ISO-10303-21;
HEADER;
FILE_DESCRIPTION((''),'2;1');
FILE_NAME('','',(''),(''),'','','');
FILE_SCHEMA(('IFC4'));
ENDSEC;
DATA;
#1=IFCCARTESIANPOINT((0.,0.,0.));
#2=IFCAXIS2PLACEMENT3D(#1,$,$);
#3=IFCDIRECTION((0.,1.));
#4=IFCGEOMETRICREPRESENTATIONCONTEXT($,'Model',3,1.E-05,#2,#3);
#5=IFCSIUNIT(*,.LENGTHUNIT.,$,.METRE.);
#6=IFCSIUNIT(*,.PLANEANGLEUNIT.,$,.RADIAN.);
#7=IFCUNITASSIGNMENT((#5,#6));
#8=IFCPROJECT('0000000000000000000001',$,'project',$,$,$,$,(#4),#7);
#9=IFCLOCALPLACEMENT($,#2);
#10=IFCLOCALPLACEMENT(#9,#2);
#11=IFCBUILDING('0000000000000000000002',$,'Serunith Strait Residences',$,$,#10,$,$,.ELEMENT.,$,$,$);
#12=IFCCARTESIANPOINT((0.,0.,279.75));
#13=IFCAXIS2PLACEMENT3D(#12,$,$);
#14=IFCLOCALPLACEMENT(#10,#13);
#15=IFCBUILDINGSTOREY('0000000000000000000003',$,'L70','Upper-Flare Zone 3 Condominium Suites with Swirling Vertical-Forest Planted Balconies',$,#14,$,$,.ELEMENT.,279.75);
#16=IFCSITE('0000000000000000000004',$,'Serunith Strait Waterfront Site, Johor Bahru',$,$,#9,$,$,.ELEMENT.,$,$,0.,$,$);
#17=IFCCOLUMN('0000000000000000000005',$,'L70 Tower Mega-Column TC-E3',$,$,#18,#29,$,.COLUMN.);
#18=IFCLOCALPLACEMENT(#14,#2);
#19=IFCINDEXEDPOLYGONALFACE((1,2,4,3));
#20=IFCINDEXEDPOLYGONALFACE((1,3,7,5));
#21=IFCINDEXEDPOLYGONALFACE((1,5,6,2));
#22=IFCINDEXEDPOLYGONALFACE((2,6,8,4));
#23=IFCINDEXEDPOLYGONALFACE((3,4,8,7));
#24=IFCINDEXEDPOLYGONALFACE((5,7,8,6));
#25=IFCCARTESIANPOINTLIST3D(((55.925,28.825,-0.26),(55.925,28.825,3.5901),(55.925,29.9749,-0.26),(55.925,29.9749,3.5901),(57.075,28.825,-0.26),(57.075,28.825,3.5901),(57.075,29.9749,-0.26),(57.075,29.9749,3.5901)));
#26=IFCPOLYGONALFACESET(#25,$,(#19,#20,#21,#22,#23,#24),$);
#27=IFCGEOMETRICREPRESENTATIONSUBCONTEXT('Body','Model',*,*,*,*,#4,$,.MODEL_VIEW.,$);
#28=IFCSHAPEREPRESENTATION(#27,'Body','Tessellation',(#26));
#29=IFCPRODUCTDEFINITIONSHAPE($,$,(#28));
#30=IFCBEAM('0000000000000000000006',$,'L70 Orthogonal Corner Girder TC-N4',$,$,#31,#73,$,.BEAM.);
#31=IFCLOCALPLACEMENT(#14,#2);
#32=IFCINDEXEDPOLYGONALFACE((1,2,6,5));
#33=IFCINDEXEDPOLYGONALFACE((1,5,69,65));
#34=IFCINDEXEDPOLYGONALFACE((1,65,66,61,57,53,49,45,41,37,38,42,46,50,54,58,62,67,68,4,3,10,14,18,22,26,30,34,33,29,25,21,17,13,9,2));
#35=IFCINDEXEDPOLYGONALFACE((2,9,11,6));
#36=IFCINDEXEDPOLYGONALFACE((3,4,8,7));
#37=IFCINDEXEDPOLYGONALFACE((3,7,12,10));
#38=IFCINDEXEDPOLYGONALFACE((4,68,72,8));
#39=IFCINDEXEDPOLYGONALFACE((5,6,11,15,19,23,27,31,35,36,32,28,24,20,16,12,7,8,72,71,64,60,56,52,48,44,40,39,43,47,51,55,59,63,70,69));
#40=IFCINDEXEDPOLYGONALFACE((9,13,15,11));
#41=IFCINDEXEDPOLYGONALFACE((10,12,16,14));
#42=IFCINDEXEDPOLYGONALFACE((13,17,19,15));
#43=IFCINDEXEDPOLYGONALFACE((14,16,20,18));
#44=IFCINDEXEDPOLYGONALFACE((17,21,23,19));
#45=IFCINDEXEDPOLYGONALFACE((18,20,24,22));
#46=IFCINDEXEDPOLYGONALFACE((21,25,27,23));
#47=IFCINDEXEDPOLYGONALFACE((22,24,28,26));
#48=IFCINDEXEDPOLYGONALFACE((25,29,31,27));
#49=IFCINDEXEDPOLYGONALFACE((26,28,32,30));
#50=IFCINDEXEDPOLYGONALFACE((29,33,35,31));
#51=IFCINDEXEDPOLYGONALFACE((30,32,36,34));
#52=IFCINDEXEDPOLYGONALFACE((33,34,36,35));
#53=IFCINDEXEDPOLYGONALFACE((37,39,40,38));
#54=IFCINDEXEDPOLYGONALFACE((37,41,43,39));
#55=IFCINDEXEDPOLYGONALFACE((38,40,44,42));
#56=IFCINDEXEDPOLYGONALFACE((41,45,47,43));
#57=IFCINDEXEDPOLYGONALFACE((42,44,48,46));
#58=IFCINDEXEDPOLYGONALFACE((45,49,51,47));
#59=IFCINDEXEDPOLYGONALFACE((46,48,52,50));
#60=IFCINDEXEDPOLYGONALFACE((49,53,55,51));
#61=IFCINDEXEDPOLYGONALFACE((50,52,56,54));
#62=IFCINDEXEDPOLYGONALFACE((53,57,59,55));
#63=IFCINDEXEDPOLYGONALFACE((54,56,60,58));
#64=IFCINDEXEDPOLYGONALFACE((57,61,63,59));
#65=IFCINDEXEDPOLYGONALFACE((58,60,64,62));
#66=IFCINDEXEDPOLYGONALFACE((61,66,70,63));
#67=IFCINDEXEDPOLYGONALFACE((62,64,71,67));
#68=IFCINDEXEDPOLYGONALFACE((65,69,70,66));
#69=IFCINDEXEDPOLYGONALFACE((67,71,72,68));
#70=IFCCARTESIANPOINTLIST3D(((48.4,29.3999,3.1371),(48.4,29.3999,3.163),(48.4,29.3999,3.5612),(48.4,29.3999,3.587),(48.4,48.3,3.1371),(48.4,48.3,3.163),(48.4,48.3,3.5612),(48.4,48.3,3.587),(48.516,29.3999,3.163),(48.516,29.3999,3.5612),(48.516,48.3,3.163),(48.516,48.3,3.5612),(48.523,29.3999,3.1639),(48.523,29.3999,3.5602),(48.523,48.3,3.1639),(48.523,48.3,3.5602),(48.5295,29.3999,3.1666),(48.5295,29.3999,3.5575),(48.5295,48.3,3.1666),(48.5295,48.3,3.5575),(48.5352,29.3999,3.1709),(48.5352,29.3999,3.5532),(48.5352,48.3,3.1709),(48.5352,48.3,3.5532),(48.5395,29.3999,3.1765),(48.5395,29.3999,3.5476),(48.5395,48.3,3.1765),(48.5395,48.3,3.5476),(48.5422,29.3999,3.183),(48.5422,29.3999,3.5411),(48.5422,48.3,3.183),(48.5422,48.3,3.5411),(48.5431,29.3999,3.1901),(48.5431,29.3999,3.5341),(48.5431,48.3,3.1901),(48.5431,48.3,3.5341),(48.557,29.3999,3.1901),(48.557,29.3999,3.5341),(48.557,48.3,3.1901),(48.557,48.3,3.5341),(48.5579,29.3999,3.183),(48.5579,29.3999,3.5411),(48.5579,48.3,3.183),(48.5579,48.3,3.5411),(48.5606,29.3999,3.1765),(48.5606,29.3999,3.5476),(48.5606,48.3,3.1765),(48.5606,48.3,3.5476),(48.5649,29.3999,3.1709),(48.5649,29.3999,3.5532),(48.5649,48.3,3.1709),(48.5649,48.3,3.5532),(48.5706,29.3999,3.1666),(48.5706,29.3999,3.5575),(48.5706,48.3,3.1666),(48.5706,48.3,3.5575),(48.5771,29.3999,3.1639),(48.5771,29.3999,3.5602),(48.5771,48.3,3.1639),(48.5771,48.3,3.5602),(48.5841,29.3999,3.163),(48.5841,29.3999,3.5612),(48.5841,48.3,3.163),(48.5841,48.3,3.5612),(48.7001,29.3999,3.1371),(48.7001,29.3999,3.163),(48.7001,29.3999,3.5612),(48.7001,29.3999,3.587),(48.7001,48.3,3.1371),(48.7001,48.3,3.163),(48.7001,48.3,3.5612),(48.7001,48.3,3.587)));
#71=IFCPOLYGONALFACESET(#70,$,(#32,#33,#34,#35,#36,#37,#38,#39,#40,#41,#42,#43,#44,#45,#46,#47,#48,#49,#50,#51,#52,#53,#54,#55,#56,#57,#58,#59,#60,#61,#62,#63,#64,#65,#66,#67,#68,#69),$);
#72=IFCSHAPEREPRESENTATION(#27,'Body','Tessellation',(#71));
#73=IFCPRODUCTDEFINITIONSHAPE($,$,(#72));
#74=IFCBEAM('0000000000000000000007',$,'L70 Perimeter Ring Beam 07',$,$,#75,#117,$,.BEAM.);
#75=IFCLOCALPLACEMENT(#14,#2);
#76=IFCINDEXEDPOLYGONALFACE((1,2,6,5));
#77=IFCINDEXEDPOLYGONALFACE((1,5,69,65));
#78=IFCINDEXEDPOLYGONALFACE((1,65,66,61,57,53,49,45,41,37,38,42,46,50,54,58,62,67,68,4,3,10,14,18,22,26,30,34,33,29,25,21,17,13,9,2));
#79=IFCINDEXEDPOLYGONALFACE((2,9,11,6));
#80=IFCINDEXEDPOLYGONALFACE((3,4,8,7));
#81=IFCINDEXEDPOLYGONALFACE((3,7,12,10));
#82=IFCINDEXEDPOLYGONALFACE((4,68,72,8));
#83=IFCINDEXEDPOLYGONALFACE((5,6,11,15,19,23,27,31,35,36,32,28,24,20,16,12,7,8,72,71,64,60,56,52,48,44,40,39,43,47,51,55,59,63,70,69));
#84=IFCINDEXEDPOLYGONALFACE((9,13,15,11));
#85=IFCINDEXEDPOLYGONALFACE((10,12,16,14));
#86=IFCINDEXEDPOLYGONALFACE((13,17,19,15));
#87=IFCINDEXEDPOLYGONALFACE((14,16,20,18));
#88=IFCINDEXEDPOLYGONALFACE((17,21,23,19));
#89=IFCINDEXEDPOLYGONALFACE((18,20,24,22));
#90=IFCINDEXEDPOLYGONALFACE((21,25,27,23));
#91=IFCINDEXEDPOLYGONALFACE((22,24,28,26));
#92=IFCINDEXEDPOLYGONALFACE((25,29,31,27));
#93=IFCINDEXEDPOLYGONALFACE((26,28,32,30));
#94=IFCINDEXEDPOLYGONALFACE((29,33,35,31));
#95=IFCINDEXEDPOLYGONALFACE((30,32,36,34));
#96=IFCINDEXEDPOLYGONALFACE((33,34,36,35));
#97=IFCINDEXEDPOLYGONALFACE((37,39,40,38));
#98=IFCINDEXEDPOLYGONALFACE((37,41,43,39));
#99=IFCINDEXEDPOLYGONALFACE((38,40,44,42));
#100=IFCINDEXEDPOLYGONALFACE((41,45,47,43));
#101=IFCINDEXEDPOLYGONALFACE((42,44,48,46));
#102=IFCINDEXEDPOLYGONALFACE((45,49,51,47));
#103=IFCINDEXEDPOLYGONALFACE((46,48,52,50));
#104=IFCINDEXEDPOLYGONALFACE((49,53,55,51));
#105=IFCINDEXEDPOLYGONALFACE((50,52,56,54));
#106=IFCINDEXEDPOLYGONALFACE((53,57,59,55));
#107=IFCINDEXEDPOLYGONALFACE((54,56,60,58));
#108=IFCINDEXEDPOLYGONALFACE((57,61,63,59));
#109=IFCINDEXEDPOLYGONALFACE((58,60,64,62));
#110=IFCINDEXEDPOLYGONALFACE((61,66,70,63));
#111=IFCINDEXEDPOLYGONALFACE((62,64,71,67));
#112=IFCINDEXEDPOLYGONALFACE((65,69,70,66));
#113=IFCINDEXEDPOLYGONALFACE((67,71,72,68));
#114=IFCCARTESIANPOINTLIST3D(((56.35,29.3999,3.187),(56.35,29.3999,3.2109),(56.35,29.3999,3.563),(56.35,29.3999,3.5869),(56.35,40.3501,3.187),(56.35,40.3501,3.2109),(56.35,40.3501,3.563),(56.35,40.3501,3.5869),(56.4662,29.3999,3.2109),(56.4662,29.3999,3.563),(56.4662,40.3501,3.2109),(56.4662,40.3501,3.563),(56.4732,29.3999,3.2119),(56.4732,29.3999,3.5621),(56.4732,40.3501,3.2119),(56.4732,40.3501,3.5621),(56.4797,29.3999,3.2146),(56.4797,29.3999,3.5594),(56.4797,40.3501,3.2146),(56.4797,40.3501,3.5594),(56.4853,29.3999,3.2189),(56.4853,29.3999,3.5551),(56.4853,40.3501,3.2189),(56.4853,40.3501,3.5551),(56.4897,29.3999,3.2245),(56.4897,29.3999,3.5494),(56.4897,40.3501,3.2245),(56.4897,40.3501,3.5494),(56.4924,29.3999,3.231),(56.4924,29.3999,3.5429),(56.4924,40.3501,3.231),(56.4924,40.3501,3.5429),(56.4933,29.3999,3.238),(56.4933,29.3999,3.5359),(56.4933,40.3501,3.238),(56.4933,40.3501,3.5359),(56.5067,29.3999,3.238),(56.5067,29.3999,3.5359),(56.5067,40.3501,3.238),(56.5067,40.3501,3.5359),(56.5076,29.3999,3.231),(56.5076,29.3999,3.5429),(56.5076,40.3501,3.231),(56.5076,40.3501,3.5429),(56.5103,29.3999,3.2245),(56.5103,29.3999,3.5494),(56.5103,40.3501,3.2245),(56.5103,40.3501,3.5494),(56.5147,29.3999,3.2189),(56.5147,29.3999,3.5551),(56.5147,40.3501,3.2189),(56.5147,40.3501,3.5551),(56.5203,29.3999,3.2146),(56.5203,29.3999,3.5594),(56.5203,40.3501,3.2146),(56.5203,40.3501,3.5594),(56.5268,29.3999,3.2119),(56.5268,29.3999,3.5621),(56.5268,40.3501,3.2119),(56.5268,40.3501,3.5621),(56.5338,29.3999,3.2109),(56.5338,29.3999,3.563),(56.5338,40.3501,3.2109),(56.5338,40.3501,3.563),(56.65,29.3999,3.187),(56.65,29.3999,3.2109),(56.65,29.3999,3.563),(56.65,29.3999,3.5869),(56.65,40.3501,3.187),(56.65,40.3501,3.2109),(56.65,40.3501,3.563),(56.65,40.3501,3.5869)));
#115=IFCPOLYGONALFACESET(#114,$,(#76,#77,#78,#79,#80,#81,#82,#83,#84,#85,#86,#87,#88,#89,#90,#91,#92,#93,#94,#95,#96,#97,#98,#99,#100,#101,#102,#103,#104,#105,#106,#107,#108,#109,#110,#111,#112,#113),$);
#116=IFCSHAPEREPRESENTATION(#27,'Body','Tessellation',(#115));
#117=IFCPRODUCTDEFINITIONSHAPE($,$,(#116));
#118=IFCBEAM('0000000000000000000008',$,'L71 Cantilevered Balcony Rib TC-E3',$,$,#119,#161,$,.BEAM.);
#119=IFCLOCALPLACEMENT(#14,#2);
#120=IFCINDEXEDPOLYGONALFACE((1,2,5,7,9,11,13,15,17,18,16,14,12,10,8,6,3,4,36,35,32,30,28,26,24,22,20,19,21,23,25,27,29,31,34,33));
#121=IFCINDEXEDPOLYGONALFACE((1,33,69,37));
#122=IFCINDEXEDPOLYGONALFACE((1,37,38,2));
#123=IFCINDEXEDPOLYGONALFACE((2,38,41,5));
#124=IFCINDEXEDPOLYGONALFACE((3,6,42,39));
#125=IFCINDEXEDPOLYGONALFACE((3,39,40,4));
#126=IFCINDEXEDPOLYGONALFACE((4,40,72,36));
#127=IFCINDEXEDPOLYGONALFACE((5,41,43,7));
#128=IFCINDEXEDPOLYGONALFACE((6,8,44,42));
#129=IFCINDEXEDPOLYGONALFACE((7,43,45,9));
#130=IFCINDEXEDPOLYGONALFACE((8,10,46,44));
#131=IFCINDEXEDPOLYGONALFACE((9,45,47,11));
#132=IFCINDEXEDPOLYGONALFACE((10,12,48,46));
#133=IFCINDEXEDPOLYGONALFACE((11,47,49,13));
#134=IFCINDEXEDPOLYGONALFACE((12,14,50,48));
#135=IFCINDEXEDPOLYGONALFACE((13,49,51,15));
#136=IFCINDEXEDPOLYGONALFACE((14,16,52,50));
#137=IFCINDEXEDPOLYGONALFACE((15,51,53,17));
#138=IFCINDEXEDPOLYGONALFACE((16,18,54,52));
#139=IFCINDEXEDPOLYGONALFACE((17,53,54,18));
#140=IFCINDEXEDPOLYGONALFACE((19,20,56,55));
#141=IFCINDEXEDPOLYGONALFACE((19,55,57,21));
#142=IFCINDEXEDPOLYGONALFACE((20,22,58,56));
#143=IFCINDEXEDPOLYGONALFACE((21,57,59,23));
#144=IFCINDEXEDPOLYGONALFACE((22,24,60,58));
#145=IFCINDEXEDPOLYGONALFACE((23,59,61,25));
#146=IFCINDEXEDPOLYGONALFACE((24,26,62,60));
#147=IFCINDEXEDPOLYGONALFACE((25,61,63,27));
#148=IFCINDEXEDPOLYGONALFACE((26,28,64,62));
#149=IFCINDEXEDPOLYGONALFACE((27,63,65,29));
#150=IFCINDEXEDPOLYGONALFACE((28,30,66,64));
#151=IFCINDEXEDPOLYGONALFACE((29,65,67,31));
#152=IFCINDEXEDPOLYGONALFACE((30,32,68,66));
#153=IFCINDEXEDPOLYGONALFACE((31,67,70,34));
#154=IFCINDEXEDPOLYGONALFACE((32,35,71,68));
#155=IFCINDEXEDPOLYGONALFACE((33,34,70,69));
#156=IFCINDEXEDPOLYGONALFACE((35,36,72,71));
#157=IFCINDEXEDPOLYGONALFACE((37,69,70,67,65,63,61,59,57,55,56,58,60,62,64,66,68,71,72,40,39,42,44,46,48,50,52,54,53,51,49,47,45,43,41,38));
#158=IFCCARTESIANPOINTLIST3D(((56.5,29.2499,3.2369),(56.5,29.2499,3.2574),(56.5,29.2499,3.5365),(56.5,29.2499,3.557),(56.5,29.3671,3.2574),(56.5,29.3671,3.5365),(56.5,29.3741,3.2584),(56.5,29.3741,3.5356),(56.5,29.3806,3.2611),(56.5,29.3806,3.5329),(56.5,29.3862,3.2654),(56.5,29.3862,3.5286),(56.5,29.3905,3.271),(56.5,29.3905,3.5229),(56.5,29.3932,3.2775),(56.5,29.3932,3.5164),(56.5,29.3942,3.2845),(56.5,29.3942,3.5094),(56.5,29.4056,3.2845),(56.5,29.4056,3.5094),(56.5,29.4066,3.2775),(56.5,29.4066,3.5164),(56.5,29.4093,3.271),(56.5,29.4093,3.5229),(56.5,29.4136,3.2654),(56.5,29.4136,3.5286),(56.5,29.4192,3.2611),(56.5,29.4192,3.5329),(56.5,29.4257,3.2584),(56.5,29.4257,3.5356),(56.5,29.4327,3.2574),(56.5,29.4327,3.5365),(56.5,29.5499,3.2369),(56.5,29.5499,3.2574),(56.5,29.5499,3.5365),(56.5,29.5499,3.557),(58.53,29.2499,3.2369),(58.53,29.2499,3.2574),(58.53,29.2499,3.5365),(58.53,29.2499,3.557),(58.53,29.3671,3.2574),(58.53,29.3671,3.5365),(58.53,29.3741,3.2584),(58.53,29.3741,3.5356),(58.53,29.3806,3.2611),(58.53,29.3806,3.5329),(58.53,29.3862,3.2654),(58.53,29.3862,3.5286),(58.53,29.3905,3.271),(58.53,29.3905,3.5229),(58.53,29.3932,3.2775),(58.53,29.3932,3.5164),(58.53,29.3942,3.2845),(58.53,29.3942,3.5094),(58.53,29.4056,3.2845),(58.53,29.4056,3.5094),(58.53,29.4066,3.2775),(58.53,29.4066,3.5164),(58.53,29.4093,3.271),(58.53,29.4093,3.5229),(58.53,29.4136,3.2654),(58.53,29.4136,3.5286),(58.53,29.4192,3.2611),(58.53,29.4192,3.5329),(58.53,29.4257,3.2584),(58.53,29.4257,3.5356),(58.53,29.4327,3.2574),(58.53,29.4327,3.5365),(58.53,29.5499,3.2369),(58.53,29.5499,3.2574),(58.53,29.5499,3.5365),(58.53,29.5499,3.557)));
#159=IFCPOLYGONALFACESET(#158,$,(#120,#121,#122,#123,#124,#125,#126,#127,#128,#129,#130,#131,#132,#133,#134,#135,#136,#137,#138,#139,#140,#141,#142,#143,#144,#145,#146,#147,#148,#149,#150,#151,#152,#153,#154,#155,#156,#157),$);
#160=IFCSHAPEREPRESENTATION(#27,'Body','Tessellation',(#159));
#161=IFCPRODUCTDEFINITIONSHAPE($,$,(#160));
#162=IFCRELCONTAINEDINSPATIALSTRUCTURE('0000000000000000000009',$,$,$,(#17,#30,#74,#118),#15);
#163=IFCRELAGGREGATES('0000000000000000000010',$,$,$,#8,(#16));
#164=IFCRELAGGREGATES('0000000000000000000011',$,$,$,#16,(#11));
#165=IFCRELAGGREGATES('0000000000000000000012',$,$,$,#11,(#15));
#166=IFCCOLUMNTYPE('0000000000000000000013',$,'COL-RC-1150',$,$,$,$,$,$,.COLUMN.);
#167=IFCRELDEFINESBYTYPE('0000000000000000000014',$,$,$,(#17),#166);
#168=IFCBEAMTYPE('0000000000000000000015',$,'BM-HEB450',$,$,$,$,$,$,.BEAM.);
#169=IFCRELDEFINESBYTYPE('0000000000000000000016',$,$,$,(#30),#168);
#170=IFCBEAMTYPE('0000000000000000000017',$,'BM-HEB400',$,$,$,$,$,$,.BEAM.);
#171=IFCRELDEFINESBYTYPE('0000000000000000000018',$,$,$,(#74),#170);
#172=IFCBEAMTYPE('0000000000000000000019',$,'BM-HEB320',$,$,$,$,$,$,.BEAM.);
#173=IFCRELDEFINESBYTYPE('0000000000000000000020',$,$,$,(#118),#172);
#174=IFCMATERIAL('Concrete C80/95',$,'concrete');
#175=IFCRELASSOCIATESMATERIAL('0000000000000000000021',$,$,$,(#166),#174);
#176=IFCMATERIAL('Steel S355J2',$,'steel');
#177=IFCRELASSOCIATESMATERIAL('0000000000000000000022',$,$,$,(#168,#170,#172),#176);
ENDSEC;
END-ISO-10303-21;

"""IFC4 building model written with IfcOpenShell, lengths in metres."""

from ifc_helpers import new_model, si_unit, direction, frame, origin, origin_2d, place, context, subcontext, project, spatial, rectangle, i_section, extrude, source, transform, mapped, material, material_profile, profile_set, type_object, element, save


model = new_model("IFC4")

# Units and contexts
model_context = context("Model", 3, precision=1e-05, world=origin(), true_north=direction((0.0, 1.0)))
body_context = subcontext(model_context, "Body", "Model", "MODEL_VIEW")
ifc_project = project(units=[si_unit("LENGTHUNIT", "METRE"), si_unit("PLANEANGLEUNIT", "RADIAN")], contexts=[model_context])

# Site, building, storey
site_placement = place(None, origin())
site = spatial("IfcSite", under=ifc_project, at=site_placement, Name="Serunith Strait Waterfront Site, Johor Bahru", CompositionType="ELEMENT", RefElevation=0.0)
building_placement = place(site_placement, origin())
building = spatial("IfcBuilding", under=site, at=building_placement, Name="Serunith Strait Residences", CompositionType="ELEMENT")
storey_placement = place(building_placement, frame((0.0, 0.0, 279.75)))
storey = spatial("IfcBuildingStorey", under=building, at=storey_placement, Name="L70", Description="Upper-Flare Zone 3 Condominium Suites with Swirling Vertical-Forest Planted Balconies", CompositionType="ELEMENT", Elevation=279.75)

# Column
ifc_material_1 = material(Name="Concrete C80/95", Category="concrete")
ifc_material_profile_1 = material_profile(ifc_material_1, rectangle(XDim=1.1499, YDim=1.1499, at=origin_2d()), Name="RC 1150x1150")
ifc_profile_set_1 = profile_set([ifc_material_profile_1], Name="Concrete C80/95")
column_type = type_object("IfcColumnType", Name="COL-RC-1150", PredefinedType="COLUMN", material=ifc_profile_set_1)
shared_shape_1 = source(origin(), body_context, "Body", "SweptSolid", [
    extrude(rectangle(XDim=1.1499, YDim=1.1499, at=origin_2d()), origin(), (0.0, 0.0, 1.0), 3.8501),
])
column_placement = place(storey_placement, frame((56.5, 29.3999, -0.26), z_axis=(0.0, 0.0, 1.0), x_axis=(1.0, 0.0, 0.0)))
element("IfcColumn", 1, at=column_placement, inside=storey, type_object=column_type, Name="L70 Tower Mega-Column TC-E3", PredefinedType="COLUMN", context=body_context, shape_type="MappedRepresentation", body=[
    mapped(shared_shape_1, transform((0.0, 0.0, 0.0), scale=1.0)),
])

# Beams
ifc_material_2 = material(Name="Steel S355J2", Category="steel")
ifc_material_profile_2 = material_profile(ifc_material_2, i_section(OverallWidth=0.3, OverallDepth=0.45, WebThickness=0.0139, FlangeThickness=0.0259, FilletRadius=0.0271, at=origin_2d()), Name="HEB 450")
ifc_profile_set_2 = profile_set([ifc_material_profile_2], Name="Steel S355J2")
beam_type_1 = type_object("IfcBeamType", Name="BM-HEB450", PredefinedType="BEAM", material=ifc_profile_set_2)
shared_shape_2 = source(origin(), body_context, "Body", "SweptSolid", [
    extrude(i_section(OverallWidth=0.3, OverallDepth=0.45, WebThickness=0.0139, FlangeThickness=0.0259, FilletRadius=0.0271, at=origin_2d()), origin(), (0.0, 0.0, 1.0), 18.9001),
])
beam_1_placement = place(storey_placement, frame((48.55, 29.3999, 3.3621), z_axis=(0.0, 1.0, 0.0), x_axis=(-1.0, 0.0, 0.0)))
element("IfcBeam", 2, at=beam_1_placement, inside=storey, type_object=beam_type_1, Name="L70 Orthogonal Corner Girder TC-N4", PredefinedType="BEAM", context=body_context, shape_type="MappedRepresentation", body=[
    mapped(shared_shape_2, transform((0.0, 0.0, 0.0), scale=1.0)),
])
ifc_material_profile_3 = material_profile(ifc_material_2, i_section(OverallWidth=0.3, OverallDepth=0.3999, WebThickness=0.0134, FlangeThickness=0.0239, FilletRadius=0.0271, at=origin_2d()), Name="HEB 400")
ifc_profile_set_3 = profile_set([ifc_material_profile_3], Name="Steel S355J2")
beam_type_2 = type_object("IfcBeamType", Name="BM-HEB400", PredefinedType="BEAM", material=ifc_profile_set_3)
shared_shape_3 = source(origin(), body_context, "Body", "SweptSolid", [
    extrude(i_section(OverallWidth=0.3, OverallDepth=0.3999, WebThickness=0.0134, FlangeThickness=0.0239, FilletRadius=0.0271, at=origin_2d()), origin(), (0.0, 0.0, 1.0), 10.9502),
])
beam_2_placement = place(storey_placement, frame((56.5, 29.3999, 3.387), z_axis=(0.0, 1.0, 0.0), x_axis=(-1.0, 0.0, 0.0)))
element("IfcBeam", 3, at=beam_2_placement, inside=storey, type_object=beam_type_2, Name="L70 Perimeter Ring Beam 07", PredefinedType="BEAM", context=body_context, shape_type="MappedRepresentation", body=[
    mapped(shared_shape_3, transform((0.0, 0.0, 0.0), scale=1.0)),
])
ifc_material_profile_4 = material_profile(ifc_material_2, i_section(OverallWidth=0.3, OverallDepth=0.3201, WebThickness=0.0115, FlangeThickness=0.0205, FilletRadius=0.0271, at=origin_2d()), Name="HEB 320")
ifc_profile_set_4 = profile_set([ifc_material_profile_4], Name="Steel S355J2")
beam_type_3 = type_object("IfcBeamType", Name="BM-HEB320", PredefinedType="BEAM", material=ifc_profile_set_4)
shared_shape_4 = source(origin(), body_context, "Body", "SweptSolid", [
    extrude(i_section(OverallWidth=0.3, OverallDepth=0.3201, WebThickness=0.0115, FlangeThickness=0.0205, FilletRadius=0.0271, at=origin_2d()), origin(), (0.0, 0.0, 1.0), 2.03),
])
beam_3_placement = place(storey_placement, frame((56.5, 29.3999, 3.397), z_axis=(1.0, 0.0, 0.0), x_axis=(0.0, 1.0, 0.0)))
element("IfcBeam", 4, at=beam_3_placement, inside=storey, type_object=beam_type_3, Name="L71 Cantilevered Balcony Rib TC-E3", PredefinedType="BEAM", context=body_context, shape_type="MappedRepresentation", body=[
    mapped(shared_shape_4, transform((0.0, 0.0, 0.0), scale=1.0)),
])

save(model, "model.ifc")
